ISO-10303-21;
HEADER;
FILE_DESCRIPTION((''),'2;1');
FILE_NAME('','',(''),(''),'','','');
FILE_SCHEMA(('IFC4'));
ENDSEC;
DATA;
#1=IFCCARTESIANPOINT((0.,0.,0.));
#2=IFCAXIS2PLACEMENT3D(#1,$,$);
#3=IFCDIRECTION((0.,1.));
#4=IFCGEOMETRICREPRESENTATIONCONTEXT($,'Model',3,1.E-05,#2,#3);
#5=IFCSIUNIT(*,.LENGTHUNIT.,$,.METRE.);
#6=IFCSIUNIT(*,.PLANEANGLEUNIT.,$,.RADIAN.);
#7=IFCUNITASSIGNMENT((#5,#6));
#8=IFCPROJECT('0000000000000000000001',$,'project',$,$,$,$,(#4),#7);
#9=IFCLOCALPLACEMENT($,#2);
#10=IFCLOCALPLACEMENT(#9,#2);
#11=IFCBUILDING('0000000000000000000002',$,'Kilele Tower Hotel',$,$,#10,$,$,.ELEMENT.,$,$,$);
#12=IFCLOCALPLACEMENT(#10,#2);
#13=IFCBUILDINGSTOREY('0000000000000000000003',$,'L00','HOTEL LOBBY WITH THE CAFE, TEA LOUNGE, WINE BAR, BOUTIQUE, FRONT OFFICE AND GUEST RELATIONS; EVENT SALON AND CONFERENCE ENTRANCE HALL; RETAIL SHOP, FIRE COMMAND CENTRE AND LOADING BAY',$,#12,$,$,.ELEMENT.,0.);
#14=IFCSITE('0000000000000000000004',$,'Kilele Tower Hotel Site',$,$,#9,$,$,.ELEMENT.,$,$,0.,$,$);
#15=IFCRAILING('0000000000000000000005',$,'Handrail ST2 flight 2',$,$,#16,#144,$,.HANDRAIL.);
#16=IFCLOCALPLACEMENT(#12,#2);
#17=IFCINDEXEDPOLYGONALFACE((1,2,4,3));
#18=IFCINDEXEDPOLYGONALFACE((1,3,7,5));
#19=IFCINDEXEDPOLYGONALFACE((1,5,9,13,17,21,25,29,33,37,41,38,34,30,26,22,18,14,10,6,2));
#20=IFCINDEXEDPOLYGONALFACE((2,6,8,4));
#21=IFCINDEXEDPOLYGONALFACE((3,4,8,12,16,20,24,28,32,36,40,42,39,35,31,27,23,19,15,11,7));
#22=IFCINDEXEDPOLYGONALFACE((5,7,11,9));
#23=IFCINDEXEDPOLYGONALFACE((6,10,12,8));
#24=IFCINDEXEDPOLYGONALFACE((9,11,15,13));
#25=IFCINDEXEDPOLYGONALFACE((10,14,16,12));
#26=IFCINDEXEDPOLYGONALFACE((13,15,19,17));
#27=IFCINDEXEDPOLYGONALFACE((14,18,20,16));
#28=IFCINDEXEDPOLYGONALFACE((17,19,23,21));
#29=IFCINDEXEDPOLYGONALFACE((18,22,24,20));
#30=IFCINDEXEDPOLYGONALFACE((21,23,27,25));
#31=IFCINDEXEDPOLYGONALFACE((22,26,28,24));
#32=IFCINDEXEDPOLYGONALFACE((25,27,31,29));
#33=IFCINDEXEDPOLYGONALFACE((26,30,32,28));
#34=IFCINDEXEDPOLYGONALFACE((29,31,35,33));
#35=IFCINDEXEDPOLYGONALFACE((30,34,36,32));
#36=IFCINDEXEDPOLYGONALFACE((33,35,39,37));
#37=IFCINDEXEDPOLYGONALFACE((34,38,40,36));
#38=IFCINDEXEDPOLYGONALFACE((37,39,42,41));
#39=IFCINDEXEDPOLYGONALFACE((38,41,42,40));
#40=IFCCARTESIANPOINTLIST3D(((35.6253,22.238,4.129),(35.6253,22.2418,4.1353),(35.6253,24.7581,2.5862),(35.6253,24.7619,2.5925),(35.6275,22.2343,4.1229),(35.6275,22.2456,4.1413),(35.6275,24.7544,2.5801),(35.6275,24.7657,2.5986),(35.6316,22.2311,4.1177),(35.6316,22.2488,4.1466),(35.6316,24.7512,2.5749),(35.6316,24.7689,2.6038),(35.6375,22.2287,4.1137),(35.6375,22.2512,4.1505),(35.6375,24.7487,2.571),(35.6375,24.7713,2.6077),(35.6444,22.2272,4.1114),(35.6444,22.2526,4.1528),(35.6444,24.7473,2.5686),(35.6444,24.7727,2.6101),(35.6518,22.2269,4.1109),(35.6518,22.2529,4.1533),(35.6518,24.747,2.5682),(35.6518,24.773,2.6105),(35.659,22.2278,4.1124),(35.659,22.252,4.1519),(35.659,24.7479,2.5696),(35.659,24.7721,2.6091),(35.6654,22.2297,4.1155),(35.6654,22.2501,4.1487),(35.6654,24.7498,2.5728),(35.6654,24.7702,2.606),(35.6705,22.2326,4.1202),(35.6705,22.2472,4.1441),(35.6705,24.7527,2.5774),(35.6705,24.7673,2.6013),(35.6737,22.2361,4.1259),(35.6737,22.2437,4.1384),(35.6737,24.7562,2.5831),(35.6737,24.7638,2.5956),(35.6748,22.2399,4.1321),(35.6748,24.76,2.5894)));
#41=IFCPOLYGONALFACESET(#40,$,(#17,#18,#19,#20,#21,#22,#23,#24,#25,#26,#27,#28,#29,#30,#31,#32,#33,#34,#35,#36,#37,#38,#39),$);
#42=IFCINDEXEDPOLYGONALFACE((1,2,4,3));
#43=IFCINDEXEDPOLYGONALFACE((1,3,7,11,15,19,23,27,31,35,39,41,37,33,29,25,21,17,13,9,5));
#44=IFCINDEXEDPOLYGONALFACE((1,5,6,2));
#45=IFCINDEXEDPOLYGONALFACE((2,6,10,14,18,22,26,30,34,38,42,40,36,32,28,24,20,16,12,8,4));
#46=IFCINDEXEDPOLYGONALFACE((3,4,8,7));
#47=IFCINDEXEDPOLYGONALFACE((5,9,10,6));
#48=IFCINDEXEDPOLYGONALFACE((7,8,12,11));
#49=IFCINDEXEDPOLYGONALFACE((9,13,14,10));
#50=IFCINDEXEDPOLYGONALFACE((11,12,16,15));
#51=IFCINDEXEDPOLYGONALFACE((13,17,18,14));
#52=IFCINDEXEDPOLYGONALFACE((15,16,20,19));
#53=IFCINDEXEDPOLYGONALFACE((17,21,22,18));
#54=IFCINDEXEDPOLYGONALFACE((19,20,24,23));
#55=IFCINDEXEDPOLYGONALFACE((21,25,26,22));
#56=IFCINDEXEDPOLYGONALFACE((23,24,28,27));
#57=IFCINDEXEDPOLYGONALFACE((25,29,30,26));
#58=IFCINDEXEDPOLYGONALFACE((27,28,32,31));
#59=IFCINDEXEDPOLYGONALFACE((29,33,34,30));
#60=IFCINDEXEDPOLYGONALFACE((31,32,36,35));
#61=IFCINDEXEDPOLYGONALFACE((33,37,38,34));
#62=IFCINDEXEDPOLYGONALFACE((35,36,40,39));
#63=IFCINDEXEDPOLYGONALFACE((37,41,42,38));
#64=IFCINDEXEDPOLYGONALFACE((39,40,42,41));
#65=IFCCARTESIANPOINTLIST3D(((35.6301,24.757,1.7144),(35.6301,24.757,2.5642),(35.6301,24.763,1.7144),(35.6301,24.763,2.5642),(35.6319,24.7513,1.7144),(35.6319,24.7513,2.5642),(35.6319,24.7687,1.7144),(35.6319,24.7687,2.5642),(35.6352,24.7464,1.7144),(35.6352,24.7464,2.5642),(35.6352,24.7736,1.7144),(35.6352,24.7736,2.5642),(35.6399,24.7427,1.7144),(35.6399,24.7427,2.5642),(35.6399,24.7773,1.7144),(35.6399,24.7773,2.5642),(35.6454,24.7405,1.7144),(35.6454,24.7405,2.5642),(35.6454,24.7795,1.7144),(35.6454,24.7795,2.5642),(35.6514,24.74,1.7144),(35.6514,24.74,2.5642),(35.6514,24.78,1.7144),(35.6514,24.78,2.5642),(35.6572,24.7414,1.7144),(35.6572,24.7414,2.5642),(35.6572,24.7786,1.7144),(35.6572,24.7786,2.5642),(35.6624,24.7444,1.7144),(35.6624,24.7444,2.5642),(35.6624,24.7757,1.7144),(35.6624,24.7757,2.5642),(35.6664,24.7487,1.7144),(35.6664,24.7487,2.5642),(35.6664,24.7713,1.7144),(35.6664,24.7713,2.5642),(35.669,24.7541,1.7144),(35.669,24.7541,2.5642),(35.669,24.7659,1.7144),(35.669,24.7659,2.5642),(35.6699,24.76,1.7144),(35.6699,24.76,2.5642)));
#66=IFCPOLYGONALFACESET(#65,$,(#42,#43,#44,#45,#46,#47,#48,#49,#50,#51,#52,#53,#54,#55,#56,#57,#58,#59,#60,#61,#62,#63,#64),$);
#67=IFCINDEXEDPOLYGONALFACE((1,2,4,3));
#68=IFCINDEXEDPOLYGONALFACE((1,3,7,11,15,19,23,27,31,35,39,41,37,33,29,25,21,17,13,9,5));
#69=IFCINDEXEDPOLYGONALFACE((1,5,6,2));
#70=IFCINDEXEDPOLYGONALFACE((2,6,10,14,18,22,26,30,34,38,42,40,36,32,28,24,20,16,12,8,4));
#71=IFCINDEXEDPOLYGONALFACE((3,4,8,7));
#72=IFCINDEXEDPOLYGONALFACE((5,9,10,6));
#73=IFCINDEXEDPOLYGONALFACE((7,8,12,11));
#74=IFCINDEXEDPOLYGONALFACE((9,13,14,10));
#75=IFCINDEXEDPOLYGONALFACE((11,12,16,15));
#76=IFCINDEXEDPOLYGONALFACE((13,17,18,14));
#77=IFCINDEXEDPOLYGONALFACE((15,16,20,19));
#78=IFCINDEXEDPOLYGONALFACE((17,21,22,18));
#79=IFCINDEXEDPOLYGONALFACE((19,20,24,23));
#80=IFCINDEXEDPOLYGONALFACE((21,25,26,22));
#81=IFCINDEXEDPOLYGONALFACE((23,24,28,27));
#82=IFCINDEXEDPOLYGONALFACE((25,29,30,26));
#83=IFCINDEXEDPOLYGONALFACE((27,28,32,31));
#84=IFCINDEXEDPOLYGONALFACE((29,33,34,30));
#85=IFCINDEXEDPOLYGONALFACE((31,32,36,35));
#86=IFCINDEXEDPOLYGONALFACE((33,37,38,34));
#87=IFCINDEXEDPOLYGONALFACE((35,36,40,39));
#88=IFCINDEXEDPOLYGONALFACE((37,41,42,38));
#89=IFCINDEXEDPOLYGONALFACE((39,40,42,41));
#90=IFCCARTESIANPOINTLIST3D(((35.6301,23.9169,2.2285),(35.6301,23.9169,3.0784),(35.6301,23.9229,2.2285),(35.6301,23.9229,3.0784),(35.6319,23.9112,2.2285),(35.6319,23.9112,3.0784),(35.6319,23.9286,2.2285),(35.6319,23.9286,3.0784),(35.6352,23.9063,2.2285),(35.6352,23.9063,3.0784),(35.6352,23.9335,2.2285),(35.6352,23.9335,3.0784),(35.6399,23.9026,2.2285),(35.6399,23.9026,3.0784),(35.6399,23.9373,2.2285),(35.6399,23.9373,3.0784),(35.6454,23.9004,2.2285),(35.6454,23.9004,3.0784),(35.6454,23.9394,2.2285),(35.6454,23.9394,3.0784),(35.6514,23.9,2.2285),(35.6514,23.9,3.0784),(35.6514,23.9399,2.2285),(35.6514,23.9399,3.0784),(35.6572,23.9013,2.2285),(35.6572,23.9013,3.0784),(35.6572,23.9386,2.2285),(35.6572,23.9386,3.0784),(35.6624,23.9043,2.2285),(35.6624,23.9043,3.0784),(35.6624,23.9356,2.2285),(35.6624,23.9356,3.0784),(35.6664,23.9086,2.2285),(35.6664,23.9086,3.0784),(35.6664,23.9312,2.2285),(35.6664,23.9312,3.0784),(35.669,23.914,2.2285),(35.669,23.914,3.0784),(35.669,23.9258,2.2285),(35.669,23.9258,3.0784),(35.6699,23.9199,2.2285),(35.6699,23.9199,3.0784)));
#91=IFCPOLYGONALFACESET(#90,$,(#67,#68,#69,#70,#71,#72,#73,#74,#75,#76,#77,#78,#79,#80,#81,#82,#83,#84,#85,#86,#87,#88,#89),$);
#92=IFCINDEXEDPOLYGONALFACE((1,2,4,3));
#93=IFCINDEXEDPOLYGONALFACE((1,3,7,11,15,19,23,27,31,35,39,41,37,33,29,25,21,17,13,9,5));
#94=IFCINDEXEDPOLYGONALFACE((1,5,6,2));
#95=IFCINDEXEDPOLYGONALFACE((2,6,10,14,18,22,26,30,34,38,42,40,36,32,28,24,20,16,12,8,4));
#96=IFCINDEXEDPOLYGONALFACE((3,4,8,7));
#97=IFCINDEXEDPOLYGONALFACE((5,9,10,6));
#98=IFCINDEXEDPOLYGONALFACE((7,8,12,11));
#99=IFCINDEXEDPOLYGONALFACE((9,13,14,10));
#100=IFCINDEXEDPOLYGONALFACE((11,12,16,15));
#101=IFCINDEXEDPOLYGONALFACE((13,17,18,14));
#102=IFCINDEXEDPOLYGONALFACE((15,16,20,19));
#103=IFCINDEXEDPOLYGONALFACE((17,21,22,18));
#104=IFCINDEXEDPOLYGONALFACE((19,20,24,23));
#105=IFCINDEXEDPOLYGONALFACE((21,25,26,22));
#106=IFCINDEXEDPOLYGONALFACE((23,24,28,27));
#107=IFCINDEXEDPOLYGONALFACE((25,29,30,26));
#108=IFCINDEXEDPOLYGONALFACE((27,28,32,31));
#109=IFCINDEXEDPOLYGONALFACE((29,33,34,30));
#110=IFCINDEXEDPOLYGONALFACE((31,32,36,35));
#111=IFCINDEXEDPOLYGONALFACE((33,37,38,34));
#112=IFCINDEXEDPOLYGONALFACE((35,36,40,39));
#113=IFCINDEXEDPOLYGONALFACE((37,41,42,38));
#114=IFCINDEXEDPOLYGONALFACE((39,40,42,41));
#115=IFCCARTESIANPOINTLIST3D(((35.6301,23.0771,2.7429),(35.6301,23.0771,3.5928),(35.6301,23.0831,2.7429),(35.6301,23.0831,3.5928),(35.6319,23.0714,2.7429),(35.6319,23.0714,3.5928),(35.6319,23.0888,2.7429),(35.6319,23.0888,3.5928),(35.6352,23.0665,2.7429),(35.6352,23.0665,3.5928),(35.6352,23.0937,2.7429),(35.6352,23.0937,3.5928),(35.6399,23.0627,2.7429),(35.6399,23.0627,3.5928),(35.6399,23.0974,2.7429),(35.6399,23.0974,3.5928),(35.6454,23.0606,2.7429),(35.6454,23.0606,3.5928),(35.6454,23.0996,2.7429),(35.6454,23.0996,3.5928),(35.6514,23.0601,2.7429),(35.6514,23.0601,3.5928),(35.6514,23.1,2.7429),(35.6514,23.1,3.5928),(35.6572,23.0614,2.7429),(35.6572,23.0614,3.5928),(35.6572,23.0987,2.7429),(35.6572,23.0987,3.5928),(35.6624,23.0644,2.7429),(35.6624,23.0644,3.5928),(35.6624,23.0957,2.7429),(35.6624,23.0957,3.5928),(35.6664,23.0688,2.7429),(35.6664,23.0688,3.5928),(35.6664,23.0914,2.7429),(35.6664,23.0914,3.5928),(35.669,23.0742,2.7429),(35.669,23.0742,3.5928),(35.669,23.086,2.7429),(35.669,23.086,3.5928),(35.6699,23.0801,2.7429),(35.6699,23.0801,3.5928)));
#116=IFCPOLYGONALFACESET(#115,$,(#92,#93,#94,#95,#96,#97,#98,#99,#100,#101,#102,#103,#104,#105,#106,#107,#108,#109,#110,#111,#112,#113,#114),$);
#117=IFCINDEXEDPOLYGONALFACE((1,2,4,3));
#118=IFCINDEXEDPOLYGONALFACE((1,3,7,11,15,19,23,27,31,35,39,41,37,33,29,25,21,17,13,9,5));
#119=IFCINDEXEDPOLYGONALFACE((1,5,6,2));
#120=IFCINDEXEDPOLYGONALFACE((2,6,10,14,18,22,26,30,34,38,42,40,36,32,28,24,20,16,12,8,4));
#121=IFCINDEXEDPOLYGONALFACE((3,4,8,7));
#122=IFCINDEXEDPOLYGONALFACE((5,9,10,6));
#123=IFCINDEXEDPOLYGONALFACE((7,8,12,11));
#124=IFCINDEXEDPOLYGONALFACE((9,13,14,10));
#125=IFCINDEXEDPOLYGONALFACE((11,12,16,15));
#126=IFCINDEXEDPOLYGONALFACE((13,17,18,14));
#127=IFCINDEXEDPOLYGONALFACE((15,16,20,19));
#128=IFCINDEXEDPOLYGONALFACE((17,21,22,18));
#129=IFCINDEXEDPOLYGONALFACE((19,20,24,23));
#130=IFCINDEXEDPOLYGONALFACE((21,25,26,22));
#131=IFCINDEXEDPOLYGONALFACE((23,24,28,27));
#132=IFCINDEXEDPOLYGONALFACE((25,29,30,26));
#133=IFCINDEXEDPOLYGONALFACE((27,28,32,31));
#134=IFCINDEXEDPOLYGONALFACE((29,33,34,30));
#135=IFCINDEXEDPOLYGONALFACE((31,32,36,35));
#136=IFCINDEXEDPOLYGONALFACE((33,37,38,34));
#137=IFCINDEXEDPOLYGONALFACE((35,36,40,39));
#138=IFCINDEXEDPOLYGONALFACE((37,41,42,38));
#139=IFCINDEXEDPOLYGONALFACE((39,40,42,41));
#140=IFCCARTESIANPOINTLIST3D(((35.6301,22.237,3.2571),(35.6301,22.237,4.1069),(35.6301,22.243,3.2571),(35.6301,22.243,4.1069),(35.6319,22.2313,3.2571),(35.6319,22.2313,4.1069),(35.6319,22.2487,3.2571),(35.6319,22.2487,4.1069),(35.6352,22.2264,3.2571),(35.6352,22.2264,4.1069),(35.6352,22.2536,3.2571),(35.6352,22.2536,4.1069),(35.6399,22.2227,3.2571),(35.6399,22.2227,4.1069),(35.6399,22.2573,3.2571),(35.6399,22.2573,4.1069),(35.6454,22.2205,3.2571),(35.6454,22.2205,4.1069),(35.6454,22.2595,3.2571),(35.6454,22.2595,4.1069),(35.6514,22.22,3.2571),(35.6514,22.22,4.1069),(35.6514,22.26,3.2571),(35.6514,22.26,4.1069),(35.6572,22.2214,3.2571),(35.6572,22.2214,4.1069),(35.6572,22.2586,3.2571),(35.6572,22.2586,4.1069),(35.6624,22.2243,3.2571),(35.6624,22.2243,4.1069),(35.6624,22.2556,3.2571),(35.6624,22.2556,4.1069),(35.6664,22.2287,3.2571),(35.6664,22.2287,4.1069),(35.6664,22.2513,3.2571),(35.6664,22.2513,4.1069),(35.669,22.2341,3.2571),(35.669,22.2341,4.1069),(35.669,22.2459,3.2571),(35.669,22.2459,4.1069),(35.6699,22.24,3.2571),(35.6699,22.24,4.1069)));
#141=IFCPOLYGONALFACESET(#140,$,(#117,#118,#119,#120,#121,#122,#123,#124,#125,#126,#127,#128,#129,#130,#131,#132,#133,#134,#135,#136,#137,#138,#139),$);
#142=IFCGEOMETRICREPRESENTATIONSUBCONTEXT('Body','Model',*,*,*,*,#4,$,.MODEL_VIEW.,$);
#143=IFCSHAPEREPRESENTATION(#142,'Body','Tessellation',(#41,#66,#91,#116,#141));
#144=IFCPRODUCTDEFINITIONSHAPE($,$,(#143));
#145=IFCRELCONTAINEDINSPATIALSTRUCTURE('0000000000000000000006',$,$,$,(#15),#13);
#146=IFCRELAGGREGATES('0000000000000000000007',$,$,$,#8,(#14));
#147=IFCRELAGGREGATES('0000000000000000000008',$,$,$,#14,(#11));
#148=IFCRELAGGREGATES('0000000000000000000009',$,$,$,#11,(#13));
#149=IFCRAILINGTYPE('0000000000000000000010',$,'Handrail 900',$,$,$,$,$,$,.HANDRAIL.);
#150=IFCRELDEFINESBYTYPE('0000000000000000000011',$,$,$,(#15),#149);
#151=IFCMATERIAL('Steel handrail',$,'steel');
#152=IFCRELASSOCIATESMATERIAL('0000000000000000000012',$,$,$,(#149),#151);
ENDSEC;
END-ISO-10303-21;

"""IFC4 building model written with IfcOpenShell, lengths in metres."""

from ifc_helpers import new_model, si_unit, direction, frame, origin, origin_2d, place, context, subcontext, project, spatial, circle, extrude, material, type_object, element, save


model = new_model("IFC4")

# Units and contexts
model_context = context("Model", 3, precision=1e-05, world=origin(), true_north=direction((0.0, 1.0)))
body_context = subcontext(model_context, "Body", "Model", "MODEL_VIEW")
ifc_project = project(units=[si_unit("LENGTHUNIT", "METRE"), si_unit("PLANEANGLEUNIT", "RADIAN")], contexts=[model_context])

# Site, building, storey
site_placement = place(None, origin())
site = spatial("IfcSite", under=ifc_project, at=site_placement, Name="Kilele Tower Hotel Site", CompositionType="ELEMENT", RefElevation=0.0)
building_placement = place(site_placement, origin())
building = spatial("IfcBuilding", under=site, at=building_placement, Name="Kilele Tower Hotel", CompositionType="ELEMENT")
storey_placement = place(building_placement, origin())
storey = spatial("IfcBuildingStorey", under=building, at=storey_placement, Name="L00", Description="HOTEL LOBBY WITH THE CAFE, TEA LOUNGE, WINE BAR, BOUTIQUE, FRONT OFFICE AND GUEST RELATIONS; EVENT SALON AND CONFERENCE ENTRANCE HALL; RETAIL SHOP, FIRE COMMAND CENTRE AND LOADING BAY", CompositionType="ELEMENT", Elevation=0.0)

# Railing
ifc_material_1 = material(Name="Steel handrail", Category="steel")
railing_type_1 = type_object("IfcRailingType", Name="Handrail 900", PredefinedType="HANDRAIL", material=ifc_material_1)
for number, where, name in (
    (1, (35.6499, 24.76, 1.7144), "Handrail ST2 flight 2"),
):
    element("IfcRailing", number, at=place(storey_placement, frame(where)), inside=storey, type_object=railing_type_1, Name=name, PredefinedType="HANDRAIL", context=body_context, shape_type="SweptSolid", body=[
        extrude(circle(Radius=0.0249, at=origin_2d()), frame((0.0, 0.0, 0.875), z_axis=(0.0, -0.852873, 0.522118), x_axis=(1.0, 0.0, 0.0)), (0.0, 0.0, 1.0), 2.9548),
        extrude(circle(Radius=0.02, at=origin_2d()), origin(), (0.0, 0.0, 1.0), 0.8499),
        extrude(circle(Radius=0.02, at=origin_2d()), frame((0.0, -0.8401, 0.5142)), (0.0, 0.0, 1.0), 0.8499),
        extrude(circle(Radius=0.02, at=origin_2d()), frame((0.0, -1.6799, 1.0286)), (0.0, 0.0, 1.0), 0.8499),
        extrude(circle(Radius=0.02, at=origin_2d()), frame((0.0, -2.52, 1.5427)), (0.0, 0.0, 1.0), 0.8499),
    ])

save(model, "model.ifc")
